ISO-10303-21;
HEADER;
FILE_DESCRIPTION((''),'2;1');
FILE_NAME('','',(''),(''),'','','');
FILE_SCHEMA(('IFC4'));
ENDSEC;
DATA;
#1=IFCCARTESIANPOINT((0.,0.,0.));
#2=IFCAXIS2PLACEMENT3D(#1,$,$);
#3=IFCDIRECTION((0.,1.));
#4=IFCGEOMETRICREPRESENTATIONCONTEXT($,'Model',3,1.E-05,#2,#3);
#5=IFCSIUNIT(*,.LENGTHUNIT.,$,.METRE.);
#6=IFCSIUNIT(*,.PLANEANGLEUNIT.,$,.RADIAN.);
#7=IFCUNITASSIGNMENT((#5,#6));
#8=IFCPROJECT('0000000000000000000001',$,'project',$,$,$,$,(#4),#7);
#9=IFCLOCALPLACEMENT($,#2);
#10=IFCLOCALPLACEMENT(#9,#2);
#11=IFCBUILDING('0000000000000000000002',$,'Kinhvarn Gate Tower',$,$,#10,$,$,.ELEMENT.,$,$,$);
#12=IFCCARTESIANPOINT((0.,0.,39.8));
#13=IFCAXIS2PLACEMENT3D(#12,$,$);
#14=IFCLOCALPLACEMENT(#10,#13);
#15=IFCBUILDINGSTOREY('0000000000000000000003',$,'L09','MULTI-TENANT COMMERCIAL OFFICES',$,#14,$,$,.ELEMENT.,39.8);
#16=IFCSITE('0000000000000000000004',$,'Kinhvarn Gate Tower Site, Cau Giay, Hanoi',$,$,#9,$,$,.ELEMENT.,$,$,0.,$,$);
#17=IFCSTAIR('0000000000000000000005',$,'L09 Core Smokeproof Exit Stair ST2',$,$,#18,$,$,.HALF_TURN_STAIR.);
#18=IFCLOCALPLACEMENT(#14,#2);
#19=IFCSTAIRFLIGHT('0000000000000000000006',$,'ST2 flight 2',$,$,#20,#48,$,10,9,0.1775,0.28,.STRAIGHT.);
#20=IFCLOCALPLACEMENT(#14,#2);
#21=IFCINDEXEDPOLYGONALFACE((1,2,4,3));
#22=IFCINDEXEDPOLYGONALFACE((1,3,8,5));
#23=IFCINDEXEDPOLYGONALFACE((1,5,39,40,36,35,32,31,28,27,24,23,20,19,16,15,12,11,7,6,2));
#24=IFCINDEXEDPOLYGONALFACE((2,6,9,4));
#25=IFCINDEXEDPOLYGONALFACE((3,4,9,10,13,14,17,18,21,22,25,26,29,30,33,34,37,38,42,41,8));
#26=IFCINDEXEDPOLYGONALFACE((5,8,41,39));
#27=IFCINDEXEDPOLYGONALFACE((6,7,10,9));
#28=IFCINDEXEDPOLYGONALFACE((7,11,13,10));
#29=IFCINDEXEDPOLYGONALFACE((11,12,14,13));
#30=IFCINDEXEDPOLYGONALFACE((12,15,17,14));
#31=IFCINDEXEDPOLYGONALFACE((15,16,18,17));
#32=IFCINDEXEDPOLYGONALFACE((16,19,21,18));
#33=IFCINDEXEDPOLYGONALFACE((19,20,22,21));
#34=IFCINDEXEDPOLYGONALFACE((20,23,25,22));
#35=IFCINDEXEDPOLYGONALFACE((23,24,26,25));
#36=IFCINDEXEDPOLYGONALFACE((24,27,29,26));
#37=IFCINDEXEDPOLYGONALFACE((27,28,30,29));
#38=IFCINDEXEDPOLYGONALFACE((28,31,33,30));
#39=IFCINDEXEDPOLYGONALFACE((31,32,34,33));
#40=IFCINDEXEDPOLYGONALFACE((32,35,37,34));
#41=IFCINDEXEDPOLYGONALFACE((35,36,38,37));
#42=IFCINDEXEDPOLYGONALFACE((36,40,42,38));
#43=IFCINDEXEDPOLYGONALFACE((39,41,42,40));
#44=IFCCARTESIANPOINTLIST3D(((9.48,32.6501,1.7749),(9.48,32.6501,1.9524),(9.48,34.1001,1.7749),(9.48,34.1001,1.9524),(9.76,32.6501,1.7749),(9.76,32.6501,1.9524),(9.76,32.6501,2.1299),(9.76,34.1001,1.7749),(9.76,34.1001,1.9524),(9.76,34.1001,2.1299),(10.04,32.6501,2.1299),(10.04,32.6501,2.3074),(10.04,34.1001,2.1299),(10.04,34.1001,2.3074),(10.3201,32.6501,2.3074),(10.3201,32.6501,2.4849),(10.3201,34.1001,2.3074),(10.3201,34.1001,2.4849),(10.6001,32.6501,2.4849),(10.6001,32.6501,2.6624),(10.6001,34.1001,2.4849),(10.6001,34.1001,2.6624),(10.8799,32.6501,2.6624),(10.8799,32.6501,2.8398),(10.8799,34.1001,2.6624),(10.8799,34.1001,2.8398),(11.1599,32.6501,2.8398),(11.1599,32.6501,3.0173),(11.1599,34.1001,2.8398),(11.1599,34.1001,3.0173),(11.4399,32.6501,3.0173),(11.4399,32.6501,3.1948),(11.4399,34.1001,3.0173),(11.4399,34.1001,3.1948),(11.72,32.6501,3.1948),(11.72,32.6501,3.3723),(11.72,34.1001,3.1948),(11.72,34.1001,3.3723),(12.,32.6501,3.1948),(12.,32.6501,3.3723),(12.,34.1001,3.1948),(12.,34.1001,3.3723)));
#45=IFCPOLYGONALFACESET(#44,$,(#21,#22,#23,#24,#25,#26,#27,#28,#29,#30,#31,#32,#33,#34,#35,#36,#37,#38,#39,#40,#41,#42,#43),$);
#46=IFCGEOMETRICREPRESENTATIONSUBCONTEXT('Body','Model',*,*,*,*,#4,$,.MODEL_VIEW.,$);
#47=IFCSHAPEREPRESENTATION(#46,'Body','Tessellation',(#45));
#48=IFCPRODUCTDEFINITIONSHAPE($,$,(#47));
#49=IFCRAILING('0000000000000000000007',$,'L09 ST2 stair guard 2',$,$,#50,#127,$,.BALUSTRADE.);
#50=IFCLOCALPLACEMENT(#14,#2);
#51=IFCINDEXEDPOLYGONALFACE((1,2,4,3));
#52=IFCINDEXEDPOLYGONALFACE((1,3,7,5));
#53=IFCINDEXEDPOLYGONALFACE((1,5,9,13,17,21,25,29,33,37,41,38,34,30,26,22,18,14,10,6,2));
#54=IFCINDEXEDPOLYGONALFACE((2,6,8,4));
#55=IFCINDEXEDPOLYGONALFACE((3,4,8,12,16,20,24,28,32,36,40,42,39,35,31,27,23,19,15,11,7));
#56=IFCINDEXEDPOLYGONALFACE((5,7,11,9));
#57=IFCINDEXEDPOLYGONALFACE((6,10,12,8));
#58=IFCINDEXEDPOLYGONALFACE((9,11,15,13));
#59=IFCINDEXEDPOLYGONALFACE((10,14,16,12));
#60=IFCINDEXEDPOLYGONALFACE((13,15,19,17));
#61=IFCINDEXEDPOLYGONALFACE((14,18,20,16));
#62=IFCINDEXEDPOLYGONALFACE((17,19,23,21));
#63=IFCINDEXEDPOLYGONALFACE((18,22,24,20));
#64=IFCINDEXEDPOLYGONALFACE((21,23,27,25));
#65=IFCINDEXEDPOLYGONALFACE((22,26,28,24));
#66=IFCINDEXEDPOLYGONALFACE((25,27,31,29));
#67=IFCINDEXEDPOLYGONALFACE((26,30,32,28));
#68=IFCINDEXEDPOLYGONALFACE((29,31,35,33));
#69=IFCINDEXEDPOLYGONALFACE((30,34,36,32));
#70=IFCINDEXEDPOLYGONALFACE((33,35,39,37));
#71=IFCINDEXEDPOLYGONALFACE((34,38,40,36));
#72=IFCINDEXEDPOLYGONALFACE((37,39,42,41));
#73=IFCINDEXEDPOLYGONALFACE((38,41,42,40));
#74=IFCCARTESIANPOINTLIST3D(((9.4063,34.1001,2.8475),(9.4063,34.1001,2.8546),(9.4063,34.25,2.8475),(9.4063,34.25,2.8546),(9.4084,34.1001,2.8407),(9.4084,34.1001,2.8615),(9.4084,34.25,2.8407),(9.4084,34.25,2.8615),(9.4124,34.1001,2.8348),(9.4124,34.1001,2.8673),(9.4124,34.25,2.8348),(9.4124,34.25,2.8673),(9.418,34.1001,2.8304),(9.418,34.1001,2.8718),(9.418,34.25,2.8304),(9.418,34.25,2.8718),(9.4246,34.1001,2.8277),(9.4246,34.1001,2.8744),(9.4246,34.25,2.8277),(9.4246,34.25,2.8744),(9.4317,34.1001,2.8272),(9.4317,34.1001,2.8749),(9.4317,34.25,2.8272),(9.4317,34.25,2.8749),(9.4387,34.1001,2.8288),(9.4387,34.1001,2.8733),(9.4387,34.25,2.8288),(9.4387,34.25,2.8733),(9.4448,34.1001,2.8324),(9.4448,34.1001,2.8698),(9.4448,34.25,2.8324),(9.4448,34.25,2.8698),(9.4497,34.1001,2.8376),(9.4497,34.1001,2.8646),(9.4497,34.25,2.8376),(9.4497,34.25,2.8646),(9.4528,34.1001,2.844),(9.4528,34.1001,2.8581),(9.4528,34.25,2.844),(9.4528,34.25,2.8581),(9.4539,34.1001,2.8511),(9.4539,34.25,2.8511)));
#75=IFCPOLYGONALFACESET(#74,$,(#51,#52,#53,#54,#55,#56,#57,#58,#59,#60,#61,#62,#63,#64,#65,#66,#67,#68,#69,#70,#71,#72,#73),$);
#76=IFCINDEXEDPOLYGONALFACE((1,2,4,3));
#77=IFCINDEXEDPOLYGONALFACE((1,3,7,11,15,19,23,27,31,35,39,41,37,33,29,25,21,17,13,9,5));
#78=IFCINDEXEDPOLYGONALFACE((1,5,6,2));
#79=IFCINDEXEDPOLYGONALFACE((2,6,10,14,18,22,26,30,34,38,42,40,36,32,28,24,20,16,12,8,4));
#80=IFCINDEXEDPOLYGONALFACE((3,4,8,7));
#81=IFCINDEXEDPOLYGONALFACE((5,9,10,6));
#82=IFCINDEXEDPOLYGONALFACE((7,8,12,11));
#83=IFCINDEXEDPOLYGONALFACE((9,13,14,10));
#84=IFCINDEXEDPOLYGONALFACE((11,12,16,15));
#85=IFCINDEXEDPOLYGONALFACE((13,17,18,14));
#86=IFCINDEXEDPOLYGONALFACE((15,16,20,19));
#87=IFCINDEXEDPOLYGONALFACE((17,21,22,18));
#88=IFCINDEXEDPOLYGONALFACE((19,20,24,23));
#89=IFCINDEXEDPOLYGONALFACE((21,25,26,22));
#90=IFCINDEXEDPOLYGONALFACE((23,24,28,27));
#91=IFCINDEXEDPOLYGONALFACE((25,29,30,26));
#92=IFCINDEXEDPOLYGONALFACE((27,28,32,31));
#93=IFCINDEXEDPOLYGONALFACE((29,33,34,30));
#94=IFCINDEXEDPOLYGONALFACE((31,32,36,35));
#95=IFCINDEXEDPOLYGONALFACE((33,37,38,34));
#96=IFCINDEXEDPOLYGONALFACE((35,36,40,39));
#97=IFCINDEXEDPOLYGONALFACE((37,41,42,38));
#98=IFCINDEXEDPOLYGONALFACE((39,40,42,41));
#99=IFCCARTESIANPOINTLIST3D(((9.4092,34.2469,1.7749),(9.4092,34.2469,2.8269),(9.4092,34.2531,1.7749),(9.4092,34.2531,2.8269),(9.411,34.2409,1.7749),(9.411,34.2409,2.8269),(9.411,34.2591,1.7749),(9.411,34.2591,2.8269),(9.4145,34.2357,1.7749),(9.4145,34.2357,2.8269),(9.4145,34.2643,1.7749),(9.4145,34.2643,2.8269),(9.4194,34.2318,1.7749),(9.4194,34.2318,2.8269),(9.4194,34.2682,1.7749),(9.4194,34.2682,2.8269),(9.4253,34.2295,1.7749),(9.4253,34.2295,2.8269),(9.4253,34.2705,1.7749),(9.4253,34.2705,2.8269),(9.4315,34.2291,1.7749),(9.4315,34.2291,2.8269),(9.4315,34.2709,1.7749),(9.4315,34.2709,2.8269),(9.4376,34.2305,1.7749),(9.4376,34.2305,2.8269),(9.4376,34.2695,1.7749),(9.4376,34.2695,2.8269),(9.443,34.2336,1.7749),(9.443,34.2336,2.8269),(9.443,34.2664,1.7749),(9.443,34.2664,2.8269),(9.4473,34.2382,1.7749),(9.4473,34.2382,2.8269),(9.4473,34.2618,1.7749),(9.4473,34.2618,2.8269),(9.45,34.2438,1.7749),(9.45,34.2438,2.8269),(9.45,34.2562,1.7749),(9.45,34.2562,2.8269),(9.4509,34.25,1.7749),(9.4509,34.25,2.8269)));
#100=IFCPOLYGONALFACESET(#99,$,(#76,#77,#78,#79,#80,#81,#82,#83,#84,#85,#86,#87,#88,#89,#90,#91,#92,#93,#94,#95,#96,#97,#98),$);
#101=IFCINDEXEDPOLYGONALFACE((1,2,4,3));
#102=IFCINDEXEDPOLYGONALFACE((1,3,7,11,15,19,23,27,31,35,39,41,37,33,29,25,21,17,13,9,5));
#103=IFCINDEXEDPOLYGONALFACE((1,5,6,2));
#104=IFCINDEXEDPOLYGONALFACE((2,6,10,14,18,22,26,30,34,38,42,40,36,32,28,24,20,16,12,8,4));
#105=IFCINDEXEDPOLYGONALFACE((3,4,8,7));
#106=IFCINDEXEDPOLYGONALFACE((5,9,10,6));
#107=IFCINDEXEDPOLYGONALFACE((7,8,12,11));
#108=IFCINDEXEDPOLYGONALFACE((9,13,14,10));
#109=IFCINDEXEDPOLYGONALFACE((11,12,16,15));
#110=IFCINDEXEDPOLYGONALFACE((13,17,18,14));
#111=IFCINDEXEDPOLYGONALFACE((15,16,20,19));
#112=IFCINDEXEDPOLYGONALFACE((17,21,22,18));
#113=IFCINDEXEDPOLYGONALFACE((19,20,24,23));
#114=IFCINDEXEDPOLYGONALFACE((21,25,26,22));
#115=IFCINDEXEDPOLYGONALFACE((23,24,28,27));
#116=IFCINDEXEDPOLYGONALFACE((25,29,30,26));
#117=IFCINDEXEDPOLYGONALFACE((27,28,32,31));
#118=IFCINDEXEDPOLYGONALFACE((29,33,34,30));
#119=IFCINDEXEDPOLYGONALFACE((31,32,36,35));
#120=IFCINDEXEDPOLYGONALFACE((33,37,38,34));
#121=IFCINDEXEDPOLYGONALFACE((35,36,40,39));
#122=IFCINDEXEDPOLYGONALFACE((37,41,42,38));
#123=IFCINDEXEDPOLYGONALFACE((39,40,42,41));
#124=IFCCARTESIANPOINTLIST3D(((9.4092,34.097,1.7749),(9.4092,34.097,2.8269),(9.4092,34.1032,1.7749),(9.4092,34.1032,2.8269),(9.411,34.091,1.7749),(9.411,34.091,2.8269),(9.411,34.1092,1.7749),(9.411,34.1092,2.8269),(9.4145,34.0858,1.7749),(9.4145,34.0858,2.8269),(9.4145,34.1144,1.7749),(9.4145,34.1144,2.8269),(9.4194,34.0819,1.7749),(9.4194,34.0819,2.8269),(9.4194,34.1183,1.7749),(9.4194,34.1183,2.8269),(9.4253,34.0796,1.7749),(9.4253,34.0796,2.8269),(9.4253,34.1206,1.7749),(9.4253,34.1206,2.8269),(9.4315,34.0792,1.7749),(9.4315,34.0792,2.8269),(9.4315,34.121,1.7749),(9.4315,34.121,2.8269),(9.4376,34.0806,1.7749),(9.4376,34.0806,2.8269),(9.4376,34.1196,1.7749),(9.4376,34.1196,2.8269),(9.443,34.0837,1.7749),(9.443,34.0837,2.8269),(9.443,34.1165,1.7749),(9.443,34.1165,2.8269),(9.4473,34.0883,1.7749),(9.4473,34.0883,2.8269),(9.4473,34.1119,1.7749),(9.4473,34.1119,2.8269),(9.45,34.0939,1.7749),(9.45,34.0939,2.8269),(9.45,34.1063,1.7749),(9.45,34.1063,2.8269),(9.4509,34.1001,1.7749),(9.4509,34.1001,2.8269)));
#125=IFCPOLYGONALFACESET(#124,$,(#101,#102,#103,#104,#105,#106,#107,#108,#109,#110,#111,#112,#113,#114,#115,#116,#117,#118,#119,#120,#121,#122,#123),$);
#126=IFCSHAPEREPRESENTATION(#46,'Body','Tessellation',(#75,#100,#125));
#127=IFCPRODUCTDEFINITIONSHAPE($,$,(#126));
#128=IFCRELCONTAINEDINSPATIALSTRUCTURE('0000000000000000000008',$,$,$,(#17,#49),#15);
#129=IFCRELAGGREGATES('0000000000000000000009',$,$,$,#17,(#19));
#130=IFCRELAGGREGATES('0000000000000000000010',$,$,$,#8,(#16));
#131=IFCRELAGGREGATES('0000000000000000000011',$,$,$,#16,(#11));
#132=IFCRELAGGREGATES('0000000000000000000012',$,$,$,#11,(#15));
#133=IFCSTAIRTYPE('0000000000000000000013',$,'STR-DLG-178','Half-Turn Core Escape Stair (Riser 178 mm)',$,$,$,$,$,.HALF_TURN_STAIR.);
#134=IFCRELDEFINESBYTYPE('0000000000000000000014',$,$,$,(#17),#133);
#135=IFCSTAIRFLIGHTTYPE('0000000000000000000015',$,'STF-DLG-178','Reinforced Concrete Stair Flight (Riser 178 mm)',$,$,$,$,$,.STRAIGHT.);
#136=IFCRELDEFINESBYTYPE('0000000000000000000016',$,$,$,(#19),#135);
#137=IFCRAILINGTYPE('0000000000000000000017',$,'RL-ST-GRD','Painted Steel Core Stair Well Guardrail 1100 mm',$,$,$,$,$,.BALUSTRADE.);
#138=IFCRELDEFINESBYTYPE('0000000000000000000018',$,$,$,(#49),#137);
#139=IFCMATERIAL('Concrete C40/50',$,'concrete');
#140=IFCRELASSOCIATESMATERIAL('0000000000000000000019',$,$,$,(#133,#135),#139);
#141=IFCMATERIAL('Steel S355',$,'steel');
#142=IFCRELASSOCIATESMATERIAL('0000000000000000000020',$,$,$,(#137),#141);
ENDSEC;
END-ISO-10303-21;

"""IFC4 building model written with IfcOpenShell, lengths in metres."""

from ifc_helpers import new_model, si_unit, direction, frame, origin, origin_2d, place, context, subcontext, project, spatial, polyline, circle, outline, extrude, material, type_object, element, aggregate, save


model = new_model("IFC4")

# Units and contexts
model_context = context("Model", 3, precision=1e-05, world=origin(), true_north=direction((0.0, 1.0)))
body_context = subcontext(model_context, "Body", "Model", "MODEL_VIEW")
ifc_project = project(units=[si_unit("LENGTHUNIT", "METRE"), si_unit("PLANEANGLEUNIT", "RADIAN")], contexts=[model_context])

# Site, building, storey
site_placement = place(None, origin())
site = spatial("IfcSite", under=ifc_project, at=site_placement, Name="Kinhvarn Gate Tower Site, Cau Giay, Hanoi", CompositionType="ELEMENT", RefElevation=0.0)
building_placement = place(site_placement, origin())
building = spatial("IfcBuilding", under=site, at=building_placement, Name="Kinhvarn Gate Tower", CompositionType="ELEMENT")
storey_placement = place(building_placement, frame((0.0, 0.0, 39.8)))
storey = spatial("IfcBuildingStorey", under=building, at=storey_placement, Name="L09", Description="MULTI-TENANT COMMERCIAL OFFICES", CompositionType="ELEMENT", Elevation=39.8)

# Shared definitions
ifc_material_1 = material(Name="Steel S355", Category="steel")

# Shared definitions
ifc_material_2 = material(Name="Concrete C40/50", Category="concrete")

# Stair, stair flight
stair_type = type_object("IfcStairType", Name="STR-DLG-178", Description="Half-Turn Core Escape Stair (Riser 178 mm)", PredefinedType="HALF_TURN_STAIR", material=ifc_material_2)
stair_placement = place(storey_placement, origin())
stair = element("IfcStair", 1, at=stair_placement, inside=storey, type_object=stair_type, Name="L09 Core Smokeproof Exit Stair ST2", PredefinedType="HALF_TURN_STAIR")
stair_flight_type = type_object("IfcStairFlightType", Name="STF-DLG-178", Description="Reinforced Concrete Stair Flight (Riser 178 mm)", PredefinedType="STRAIGHT", material=ifc_material_2)
stair_flight_placement = place(storey_placement, frame((9.48, 33.375, 1.7749), z_axis=(0.0, 0.0, 1.0), x_axis=(1.0, 0.0, 0.0)))
stair_flight = element("IfcStairFlight", 2, at=stair_flight_placement, type_object=stair_flight_type, Name="ST2 flight 2", NumberOfRisers=10, NumberOfTreads=9, PredefinedType="STRAIGHT", RiserHeight=0.1775, TreadLength=0.28, context=body_context, shape_type="SweptSolid", body=[
    extrude(outline(polyline([(0.0, 0.0), (0.0, 0.1775), (0.28, 0.1775), (0.28, 0.355), (0.5601, 0.355), (0.5601, 0.5325), (0.8401, 0.5325), (0.8401, 0.71), (1.1201, 0.71), (1.1201, 0.8875), (1.3999, 0.8875), (1.3999, 1.0649), (1.6799, 1.0649), (1.6799, 1.2424), (1.96, 1.2424), (1.96, 1.4199), (2.24, 1.4199), (2.24, 1.5974), (2.52, 1.5974), (2.52, 1.7749), (2.52, 1.4199), (0.28, 0.0), (0.0, 0.0)])), frame((0.0, 0.7251, 0.0), z_axis=(0.0, -1.0, 0.0), x_axis=(1.0, 0.0, 0.0)), (0.0, 0.0, 1.0), 1.45),
])
aggregate(stair, [stair_flight])

# Railing
railing_type_1 = type_object("IfcRailingType", Name="RL-ST-GRD", Description="Painted Steel Core Stair Well Guardrail 1100 mm", PredefinedType="BALUSTRADE", material=ifc_material_1)
railing_1_placement = place(storey_placement, frame((9.4299, 34.25, 1.7749)))
element("IfcRailing", 3, at=railing_1_placement, inside=storey, type_object=railing_type_1, Name="L09 ST2 stair guard 2", PredefinedType="BALUSTRADE", context=body_context, shape_type="SweptSolid", body=[
    extrude(circle(Radius=0.0239, at=origin_2d()), frame((0.0, 0.0, 1.0762), z_axis=(0.0, -1.0, 0.0), x_axis=(1.0, 0.0, 0.0)), (0.0, 0.0, 1.0), 0.1499),
    extrude(circle(Radius=0.021, at=origin_2d()), origin(), (0.0, 0.0, 1.0), 1.052),
    extrude(circle(Radius=0.021, at=origin_2d()), frame((0.0, -0.1499, 0.0)), (0.0, 0.0, 1.0), 1.052),
])

save(model, "model.ifc")
